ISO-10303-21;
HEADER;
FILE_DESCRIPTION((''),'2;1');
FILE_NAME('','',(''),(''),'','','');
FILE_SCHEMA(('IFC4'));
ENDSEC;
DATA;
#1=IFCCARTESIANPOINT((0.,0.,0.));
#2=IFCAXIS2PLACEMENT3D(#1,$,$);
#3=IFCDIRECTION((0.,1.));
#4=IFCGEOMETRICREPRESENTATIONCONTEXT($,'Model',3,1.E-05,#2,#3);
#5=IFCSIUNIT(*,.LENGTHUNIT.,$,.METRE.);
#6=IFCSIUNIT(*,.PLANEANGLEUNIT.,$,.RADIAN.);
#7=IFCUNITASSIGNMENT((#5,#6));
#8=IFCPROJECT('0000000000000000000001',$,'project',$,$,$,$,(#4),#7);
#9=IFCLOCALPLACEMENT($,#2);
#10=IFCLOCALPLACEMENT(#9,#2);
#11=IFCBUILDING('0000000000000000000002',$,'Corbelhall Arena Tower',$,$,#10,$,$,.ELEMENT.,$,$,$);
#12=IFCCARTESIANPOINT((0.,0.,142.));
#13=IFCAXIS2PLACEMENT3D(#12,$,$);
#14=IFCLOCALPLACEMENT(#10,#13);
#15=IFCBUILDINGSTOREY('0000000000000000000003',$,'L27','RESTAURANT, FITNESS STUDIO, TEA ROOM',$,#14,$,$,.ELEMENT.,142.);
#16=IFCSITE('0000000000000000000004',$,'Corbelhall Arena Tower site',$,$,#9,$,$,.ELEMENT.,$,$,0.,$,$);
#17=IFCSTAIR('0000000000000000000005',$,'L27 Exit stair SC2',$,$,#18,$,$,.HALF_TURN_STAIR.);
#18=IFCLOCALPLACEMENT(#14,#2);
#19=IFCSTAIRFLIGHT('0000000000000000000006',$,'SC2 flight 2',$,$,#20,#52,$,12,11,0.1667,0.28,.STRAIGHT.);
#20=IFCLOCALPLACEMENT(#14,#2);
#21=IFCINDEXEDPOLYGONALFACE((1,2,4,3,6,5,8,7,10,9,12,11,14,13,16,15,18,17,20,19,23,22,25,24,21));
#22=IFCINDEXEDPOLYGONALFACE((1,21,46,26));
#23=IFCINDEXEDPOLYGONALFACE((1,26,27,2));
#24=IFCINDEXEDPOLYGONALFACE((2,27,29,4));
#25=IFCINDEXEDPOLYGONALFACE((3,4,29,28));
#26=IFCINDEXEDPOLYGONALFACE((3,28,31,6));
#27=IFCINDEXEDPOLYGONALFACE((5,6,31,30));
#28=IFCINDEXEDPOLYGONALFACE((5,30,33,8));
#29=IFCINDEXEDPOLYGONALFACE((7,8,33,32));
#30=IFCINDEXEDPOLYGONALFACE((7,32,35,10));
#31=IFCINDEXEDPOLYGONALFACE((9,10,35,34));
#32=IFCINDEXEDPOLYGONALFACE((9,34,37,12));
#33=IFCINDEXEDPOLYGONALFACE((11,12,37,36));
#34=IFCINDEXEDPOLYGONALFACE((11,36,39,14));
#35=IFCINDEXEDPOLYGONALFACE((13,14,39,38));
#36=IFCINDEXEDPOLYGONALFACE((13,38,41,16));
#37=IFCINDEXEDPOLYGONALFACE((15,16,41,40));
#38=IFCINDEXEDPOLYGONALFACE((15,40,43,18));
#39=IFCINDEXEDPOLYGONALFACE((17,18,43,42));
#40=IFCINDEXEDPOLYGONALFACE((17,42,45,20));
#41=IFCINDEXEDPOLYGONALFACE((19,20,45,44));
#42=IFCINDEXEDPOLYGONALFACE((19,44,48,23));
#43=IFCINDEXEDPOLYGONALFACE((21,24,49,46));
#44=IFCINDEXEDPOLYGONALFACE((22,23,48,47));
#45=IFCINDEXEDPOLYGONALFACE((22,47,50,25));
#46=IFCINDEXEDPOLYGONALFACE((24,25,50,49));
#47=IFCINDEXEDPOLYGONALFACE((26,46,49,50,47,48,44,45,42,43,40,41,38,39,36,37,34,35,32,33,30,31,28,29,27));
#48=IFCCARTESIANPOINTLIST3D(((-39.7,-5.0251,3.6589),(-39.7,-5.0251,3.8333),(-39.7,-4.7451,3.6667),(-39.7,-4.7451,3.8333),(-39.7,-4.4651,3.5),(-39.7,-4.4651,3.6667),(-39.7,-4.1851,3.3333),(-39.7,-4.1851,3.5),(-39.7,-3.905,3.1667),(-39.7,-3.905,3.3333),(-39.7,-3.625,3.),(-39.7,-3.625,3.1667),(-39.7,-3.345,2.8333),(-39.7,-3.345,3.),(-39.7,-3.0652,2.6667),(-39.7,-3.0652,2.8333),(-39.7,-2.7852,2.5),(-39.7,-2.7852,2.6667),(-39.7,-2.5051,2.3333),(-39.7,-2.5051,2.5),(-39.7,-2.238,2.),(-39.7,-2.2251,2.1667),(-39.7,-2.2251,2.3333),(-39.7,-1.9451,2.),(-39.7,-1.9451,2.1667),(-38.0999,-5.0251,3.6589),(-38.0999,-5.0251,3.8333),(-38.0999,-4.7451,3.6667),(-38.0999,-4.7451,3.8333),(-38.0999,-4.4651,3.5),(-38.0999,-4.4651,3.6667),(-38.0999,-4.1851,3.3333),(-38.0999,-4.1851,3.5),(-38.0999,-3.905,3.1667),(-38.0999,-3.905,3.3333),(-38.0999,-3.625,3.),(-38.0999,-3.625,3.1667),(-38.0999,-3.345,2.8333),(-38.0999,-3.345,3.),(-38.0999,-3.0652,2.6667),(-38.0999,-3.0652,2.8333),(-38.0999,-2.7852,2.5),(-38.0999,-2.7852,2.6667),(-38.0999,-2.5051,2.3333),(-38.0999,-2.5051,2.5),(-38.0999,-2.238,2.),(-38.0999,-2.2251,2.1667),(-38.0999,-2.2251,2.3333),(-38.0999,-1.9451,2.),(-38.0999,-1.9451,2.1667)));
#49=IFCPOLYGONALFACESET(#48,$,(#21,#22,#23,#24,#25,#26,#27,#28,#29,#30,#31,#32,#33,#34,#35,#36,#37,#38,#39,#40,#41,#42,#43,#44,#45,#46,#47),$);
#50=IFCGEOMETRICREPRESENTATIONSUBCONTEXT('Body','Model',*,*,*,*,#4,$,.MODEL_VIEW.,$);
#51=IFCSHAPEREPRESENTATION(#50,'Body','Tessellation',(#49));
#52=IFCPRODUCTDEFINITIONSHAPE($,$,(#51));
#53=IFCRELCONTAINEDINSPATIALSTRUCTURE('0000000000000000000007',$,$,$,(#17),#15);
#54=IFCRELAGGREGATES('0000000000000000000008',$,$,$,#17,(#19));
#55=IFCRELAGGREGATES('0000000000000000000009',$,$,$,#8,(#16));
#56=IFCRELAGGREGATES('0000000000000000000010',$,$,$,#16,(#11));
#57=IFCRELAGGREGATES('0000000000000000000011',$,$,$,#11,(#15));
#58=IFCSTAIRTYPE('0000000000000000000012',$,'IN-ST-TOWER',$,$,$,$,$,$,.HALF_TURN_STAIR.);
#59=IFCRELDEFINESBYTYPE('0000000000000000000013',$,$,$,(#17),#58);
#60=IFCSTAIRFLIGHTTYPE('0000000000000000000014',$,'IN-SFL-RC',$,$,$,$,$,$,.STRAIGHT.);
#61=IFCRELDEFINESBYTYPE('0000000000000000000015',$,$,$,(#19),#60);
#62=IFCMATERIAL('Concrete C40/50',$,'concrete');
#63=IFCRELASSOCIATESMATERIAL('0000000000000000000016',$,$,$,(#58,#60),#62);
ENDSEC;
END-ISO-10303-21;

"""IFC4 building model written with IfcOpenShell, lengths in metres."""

from ifc_helpers import new_model, si_unit, direction, frame, origin, place, context, subcontext, project, spatial, polyline, outline, extrude, material, type_object, element, aggregate, save


model = new_model("IFC4")

# Units and contexts
model_context = context("Model", 3, precision=1e-05, world=origin(), true_north=direction((0.0, 1.0)))
body_context = subcontext(model_context, "Body", "Model", "MODEL_VIEW")
ifc_project = project(units=[si_unit("LENGTHUNIT", "METRE"), si_unit("PLANEANGLEUNIT", "RADIAN")], contexts=[model_context])

# Site, building, storey
site_placement = place(None, origin())
site = spatial("IfcSite", under=ifc_project, at=site_placement, Name="Corbelhall Arena Tower site", CompositionType="ELEMENT", RefElevation=0.0)
building_placement = place(site_placement, origin())
building = spatial("IfcBuilding", under=site, at=building_placement, Name="Corbelhall Arena Tower", CompositionType="ELEMENT")
storey_placement = place(building_placement, frame((0.0, 0.0, 142.0)))
storey = spatial("IfcBuildingStorey", under=building, at=storey_placement, Name="L27", Description="RESTAURANT, FITNESS STUDIO, TEA ROOM", CompositionType="ELEMENT", Elevation=142.0)

# Shared definitions
ifc_material_1 = material(Name="Concrete C40/50", Category="concrete")

# Stair, stair flight
stair_type = type_object("IfcStairType", Name="IN-ST-TOWER", PredefinedType="HALF_TURN_STAIR", material=ifc_material_1)
stair_placement = place(storey_placement, origin())
stair = element("IfcStair", 1, at=stair_placement, inside=storey, type_object=stair_type, Name="L27 Exit stair SC2", PredefinedType="HALF_TURN_STAIR")
stair_flight_type = type_object("IfcStairFlightType", Name="IN-SFL-RC", PredefinedType="STRAIGHT", material=ifc_material_1)
stair_flight_1_placement = place(storey_placement, frame((-38.8999, -1.9451, 2.0), z_axis=(0.0, 0.0, 1.0), x_axis=(0.0, -1.0, 0.0)))
stair_flight_1 = element("IfcStairFlight", 2, at=stair_flight_1_placement, type_object=stair_flight_type, Name="SC2 flight 2", NumberOfRisers=12, NumberOfTreads=11, PredefinedType="STRAIGHT", RiserHeight=0.1667, TreadLength=0.28, context=body_context, shape_type="SweptSolid", body=[
    extrude(outline(polyline([(0.0, 0.0), (0.0, 0.1667), (0.28, 0.1667), (0.28, 0.3333), (0.5601, 0.3333), (0.5601, 0.5), (0.8401, 0.5), (0.8401, 0.6667), (1.1201, 0.6667), (1.1201, 0.8333), (1.3999, 0.8333), (1.3999, 1.0), (1.6799, 1.0), (1.6799, 1.1667), (1.96, 1.1667), (1.96, 1.3333), (2.24, 1.3333), (2.24, 1.5), (2.52, 1.5), (2.52, 1.6667), (2.8, 1.6667), (2.8, 1.8333), (3.0801, 1.8333), (3.0801, 2.0), (3.0801, 1.6589), (0.293, 0.0), (0.0, 0.0)])), frame((0.0, 0.8, 0.0), z_axis=(0.0, -1.0, 0.0), x_axis=(1.0, 0.0, 0.0)), (0.0, 0.0, 1.0), 1.6001),
])
aggregate(stair, [stair_flight_1])

save(model, "model.ifc")
